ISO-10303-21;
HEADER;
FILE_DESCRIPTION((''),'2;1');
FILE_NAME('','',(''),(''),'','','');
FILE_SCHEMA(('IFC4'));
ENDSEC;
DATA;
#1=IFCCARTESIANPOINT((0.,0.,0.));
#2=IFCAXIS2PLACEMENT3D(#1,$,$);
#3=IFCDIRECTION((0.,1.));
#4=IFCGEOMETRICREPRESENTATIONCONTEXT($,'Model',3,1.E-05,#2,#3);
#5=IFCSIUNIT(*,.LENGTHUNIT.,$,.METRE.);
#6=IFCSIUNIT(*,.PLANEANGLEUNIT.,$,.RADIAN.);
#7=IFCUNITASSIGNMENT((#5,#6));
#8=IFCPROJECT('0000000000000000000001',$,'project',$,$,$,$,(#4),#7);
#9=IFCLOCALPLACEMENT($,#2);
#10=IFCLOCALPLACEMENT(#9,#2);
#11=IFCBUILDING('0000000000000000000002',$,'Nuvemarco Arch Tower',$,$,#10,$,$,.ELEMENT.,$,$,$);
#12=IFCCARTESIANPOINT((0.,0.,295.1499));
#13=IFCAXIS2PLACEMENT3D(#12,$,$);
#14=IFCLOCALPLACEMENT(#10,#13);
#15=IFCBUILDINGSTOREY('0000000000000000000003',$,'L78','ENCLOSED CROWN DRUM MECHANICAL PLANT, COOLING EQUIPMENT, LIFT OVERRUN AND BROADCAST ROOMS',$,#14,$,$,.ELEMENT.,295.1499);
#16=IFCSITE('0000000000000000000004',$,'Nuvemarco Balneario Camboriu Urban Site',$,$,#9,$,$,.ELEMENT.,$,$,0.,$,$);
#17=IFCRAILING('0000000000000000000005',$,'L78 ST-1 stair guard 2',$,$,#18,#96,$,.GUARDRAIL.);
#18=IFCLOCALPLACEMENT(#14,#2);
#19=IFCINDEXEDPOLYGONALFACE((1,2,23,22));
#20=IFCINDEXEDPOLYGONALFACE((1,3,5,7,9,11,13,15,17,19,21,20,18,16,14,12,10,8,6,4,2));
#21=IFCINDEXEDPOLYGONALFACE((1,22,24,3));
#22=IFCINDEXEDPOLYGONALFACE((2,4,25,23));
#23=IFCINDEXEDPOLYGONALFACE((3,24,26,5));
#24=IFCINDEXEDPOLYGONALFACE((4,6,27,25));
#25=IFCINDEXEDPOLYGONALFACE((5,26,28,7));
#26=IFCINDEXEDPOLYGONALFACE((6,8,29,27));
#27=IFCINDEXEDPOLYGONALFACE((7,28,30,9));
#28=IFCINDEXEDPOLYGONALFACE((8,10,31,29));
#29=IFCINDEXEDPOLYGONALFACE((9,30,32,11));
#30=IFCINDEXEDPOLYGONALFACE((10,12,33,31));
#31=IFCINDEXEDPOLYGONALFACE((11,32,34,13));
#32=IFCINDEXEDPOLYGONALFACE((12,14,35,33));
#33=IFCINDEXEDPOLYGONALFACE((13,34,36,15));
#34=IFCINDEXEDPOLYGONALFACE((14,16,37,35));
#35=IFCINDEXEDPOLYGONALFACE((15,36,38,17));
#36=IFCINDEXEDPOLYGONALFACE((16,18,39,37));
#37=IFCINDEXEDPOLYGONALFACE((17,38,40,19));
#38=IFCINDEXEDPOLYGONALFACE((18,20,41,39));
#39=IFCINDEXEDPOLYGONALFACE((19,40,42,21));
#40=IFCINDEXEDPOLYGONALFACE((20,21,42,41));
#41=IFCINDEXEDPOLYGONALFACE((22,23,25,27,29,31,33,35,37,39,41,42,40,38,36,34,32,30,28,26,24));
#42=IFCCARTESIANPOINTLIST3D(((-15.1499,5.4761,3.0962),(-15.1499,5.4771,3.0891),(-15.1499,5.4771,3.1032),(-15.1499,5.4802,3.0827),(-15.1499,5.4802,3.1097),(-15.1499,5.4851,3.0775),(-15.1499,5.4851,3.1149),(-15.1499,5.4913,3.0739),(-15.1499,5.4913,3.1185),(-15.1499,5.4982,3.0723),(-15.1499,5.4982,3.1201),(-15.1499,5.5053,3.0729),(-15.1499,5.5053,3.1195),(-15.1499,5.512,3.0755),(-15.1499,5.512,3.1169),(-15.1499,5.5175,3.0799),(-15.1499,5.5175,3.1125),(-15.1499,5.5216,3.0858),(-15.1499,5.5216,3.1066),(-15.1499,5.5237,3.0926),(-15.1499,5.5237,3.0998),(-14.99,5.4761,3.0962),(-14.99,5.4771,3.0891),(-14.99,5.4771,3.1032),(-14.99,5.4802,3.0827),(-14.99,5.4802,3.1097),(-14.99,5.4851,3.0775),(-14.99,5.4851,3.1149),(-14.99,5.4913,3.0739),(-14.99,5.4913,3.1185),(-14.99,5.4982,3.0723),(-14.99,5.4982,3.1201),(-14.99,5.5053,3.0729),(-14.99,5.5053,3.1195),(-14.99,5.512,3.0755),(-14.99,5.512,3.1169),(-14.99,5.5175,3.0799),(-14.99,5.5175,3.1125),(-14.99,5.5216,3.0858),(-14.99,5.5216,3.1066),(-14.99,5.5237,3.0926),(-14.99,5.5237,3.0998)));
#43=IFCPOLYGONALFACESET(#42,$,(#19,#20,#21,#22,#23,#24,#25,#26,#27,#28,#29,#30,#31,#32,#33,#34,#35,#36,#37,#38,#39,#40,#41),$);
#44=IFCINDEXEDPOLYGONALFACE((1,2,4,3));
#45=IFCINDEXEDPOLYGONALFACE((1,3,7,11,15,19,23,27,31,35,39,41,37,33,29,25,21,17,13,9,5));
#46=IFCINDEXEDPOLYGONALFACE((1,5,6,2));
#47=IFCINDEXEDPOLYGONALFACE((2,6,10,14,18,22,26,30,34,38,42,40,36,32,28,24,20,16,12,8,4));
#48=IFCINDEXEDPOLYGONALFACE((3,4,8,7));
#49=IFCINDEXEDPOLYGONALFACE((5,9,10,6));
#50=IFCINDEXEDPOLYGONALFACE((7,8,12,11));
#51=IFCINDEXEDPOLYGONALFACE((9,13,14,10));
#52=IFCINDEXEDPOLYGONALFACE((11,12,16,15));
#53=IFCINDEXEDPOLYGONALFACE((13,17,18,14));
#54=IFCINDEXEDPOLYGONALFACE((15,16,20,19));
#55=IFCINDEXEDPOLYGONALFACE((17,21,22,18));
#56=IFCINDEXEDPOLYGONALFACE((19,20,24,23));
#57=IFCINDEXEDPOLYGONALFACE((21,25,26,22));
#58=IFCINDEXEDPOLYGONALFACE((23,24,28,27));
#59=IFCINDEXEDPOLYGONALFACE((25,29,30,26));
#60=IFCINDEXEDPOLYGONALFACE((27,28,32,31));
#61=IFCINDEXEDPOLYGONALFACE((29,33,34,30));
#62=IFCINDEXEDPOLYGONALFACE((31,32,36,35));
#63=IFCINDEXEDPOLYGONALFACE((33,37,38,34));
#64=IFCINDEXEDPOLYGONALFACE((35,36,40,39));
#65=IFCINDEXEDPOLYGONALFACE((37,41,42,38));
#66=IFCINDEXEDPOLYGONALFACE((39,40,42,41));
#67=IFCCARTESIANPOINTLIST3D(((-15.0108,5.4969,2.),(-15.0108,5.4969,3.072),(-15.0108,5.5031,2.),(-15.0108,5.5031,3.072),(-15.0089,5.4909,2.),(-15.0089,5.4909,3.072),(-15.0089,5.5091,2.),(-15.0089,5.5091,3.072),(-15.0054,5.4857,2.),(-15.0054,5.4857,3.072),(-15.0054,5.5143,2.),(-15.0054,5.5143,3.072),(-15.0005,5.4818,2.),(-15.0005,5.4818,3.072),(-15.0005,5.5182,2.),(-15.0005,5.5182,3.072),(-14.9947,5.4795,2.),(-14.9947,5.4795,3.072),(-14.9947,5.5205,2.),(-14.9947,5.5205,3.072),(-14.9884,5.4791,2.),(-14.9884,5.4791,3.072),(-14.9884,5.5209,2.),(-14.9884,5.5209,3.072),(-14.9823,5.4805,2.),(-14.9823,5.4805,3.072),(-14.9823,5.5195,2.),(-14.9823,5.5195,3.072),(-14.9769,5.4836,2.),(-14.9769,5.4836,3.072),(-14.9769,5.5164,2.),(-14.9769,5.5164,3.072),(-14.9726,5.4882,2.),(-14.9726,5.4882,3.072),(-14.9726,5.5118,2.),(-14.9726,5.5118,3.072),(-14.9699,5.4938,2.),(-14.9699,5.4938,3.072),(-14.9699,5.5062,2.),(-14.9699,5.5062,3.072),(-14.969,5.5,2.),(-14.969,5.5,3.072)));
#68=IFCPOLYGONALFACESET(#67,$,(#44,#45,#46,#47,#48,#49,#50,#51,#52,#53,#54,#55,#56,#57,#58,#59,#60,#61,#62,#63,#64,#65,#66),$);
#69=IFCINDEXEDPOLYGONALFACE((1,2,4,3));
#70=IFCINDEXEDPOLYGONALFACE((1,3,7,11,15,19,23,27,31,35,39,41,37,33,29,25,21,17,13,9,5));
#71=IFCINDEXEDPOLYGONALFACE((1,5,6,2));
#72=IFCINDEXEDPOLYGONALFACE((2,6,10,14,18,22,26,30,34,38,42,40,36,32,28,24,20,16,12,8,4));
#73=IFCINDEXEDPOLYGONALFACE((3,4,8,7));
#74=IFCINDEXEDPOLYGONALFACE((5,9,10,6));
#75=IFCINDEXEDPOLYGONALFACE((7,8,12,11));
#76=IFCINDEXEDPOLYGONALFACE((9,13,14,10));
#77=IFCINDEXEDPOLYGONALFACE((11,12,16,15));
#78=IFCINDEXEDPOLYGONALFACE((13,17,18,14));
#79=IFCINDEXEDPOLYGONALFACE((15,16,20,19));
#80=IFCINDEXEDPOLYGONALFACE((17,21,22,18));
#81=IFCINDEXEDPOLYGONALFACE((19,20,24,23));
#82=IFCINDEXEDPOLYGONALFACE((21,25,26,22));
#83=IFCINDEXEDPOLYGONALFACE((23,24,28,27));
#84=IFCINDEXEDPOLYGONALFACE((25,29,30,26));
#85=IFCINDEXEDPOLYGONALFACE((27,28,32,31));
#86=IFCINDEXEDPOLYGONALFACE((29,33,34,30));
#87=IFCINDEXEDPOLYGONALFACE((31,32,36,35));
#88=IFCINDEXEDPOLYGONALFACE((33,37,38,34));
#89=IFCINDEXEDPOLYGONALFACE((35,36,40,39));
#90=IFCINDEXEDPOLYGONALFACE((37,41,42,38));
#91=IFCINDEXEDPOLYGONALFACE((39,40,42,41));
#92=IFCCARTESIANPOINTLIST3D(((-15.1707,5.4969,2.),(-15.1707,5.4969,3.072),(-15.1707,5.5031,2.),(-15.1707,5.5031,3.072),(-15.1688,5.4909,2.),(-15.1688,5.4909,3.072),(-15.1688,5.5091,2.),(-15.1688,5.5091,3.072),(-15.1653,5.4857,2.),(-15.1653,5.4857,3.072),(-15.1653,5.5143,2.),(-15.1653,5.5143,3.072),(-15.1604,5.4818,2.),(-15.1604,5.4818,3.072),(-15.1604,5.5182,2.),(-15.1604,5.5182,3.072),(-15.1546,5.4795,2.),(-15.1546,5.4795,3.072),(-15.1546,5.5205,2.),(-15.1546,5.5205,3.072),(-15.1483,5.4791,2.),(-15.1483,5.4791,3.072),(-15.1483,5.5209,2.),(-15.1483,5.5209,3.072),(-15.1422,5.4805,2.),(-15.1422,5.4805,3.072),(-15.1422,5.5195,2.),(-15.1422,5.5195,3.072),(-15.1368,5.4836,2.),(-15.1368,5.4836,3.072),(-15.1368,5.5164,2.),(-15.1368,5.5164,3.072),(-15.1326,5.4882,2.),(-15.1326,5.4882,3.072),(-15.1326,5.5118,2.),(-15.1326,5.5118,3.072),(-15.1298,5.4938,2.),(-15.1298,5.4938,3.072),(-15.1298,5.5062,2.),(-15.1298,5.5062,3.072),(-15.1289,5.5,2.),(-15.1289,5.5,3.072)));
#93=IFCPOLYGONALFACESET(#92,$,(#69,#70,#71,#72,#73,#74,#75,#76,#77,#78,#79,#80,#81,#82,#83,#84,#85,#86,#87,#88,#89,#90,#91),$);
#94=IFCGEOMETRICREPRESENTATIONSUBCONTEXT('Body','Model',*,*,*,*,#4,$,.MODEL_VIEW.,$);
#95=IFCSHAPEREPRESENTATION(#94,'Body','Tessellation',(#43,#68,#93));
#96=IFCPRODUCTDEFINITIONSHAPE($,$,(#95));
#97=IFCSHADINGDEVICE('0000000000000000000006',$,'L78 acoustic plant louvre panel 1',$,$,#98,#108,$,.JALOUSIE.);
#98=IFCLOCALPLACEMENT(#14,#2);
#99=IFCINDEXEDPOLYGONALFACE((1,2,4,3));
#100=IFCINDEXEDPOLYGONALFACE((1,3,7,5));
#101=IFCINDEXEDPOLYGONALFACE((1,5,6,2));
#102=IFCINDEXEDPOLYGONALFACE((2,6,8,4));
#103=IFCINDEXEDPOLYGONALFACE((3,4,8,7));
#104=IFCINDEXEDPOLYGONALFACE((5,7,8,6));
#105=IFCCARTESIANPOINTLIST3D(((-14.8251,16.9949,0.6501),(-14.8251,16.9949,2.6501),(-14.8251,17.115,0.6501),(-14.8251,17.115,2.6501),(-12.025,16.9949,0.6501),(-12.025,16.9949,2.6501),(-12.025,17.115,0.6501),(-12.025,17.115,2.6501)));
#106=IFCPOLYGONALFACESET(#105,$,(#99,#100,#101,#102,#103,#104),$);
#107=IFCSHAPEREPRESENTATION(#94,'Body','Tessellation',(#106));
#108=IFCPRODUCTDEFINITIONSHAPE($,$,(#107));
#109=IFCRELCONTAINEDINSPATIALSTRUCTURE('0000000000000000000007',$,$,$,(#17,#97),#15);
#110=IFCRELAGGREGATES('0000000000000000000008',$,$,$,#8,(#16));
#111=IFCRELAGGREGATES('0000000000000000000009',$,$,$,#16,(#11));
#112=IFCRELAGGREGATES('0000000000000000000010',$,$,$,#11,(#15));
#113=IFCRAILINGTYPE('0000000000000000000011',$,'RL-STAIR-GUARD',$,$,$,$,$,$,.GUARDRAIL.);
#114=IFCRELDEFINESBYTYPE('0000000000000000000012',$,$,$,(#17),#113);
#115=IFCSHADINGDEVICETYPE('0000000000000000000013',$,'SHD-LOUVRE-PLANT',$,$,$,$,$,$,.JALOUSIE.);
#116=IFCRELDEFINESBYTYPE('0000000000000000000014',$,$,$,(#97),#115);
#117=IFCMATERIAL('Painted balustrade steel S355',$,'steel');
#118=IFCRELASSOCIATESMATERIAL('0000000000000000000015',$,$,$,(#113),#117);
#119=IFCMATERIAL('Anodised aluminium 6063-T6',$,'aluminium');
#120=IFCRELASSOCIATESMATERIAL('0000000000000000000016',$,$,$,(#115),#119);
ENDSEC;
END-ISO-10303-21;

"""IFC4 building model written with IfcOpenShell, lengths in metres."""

from ifc_helpers import new_model, si_unit, direction, frame, origin, origin_2d, place, context, subcontext, project, spatial, rectangle, circle, extrude, source, transform, mapped, material, type_object, type_shapes, element, save


model = new_model("IFC4")

# Units and contexts
model_context = context("Model", 3, precision=1e-05, world=origin(), true_north=direction((0.0, 1.0)))
body_context = subcontext(model_context, "Body", "Model", "MODEL_VIEW")
ifc_project = project(units=[si_unit("LENGTHUNIT", "METRE"), si_unit("PLANEANGLEUNIT", "RADIAN")], contexts=[model_context])

# Site, building, storey
site_placement = place(None, origin())
site = spatial("IfcSite", under=ifc_project, at=site_placement, Name="Nuvemarco Balneario Camboriu Urban Site", CompositionType="ELEMENT", RefElevation=0.0)
building_placement = place(site_placement, origin())
building = spatial("IfcBuilding", under=site, at=building_placement, Name="Nuvemarco Arch Tower", CompositionType="ELEMENT")
storey_placement = place(building_placement, frame((0.0, 0.0, 295.1499)))
storey = spatial("IfcBuildingStorey", under=building, at=storey_placement, Name="L78", Description="ENCLOSED CROWN DRUM MECHANICAL PLANT, COOLING EQUIPMENT, LIFT OVERRUN AND BROADCAST ROOMS", CompositionType="ELEMENT", Elevation=295.1499)

# Railing
ifc_material_1 = material(Name="Painted balustrade steel S355", Category="steel")
railing_type = type_object("IfcRailingType", Name="RL-STAIR-GUARD", PredefinedType="GUARDRAIL", material=ifc_material_1)
railing_placement = place(storey_placement, frame((-14.99, 5.5, 2.0)))
element("IfcRailing", 1, at=railing_placement, inside=storey, type_object=railing_type, Name="L78 ST-1 stair guard 2", PredefinedType="GUARDRAIL", context=body_context, shape_type="SweptSolid", body=[
    extrude(circle(Radius=0.0239, at=origin_2d()), frame((0.0, 0.0, 1.0962), z_axis=(-1.0, 0.0, 0.0), x_axis=(0.0, -1.0, 0.0)), (0.0, 0.0, 1.0), 0.1599),
    extrude(circle(Radius=0.021, at=origin_2d()), origin(), (0.0, 0.0, 1.0), 1.072),
    extrude(circle(Radius=0.021, at=origin_2d()), frame((-0.1599, 0.0, 0.0)), (0.0, 0.0, 1.0), 1.072),
])

# Shading device
ifc_material_2 = material(Name="Anodised aluminium 6063-T6", Category="aluminium")
shading_device_type = type_object("IfcShadingDeviceType", Name="SHD-LOUVRE-PLANT", PredefinedType="JALOUSIE", material=ifc_material_2)
shared_shape_1 = source(origin(), body_context, "Body", "SweptSolid", [
    extrude(rectangle(XDim=2.8, YDim=0.1201, at=origin_2d()), origin(), (0.0, 0.0, 1.0), 2.0),
])
type_shapes(shading_device_type, [shared_shape_1])
shading_device_placement = place(storey_placement, frame((-13.425, 17.0549, 0.6501), z_axis=(0.0, 0.0, 1.0), x_axis=(1.0, 0.0, 0.0)))
element("IfcShadingDevice", 2, at=shading_device_placement, inside=storey, type_object=shading_device_type, Name="L78 acoustic plant louvre panel 1", PredefinedType="JALOUSIE", context=body_context, shape_type="MappedRepresentation", body=[
    mapped(shared_shape_1, transform((0.0, 0.0, 0.0), scale=1.0)),
])

save(model, "model.ifc")
